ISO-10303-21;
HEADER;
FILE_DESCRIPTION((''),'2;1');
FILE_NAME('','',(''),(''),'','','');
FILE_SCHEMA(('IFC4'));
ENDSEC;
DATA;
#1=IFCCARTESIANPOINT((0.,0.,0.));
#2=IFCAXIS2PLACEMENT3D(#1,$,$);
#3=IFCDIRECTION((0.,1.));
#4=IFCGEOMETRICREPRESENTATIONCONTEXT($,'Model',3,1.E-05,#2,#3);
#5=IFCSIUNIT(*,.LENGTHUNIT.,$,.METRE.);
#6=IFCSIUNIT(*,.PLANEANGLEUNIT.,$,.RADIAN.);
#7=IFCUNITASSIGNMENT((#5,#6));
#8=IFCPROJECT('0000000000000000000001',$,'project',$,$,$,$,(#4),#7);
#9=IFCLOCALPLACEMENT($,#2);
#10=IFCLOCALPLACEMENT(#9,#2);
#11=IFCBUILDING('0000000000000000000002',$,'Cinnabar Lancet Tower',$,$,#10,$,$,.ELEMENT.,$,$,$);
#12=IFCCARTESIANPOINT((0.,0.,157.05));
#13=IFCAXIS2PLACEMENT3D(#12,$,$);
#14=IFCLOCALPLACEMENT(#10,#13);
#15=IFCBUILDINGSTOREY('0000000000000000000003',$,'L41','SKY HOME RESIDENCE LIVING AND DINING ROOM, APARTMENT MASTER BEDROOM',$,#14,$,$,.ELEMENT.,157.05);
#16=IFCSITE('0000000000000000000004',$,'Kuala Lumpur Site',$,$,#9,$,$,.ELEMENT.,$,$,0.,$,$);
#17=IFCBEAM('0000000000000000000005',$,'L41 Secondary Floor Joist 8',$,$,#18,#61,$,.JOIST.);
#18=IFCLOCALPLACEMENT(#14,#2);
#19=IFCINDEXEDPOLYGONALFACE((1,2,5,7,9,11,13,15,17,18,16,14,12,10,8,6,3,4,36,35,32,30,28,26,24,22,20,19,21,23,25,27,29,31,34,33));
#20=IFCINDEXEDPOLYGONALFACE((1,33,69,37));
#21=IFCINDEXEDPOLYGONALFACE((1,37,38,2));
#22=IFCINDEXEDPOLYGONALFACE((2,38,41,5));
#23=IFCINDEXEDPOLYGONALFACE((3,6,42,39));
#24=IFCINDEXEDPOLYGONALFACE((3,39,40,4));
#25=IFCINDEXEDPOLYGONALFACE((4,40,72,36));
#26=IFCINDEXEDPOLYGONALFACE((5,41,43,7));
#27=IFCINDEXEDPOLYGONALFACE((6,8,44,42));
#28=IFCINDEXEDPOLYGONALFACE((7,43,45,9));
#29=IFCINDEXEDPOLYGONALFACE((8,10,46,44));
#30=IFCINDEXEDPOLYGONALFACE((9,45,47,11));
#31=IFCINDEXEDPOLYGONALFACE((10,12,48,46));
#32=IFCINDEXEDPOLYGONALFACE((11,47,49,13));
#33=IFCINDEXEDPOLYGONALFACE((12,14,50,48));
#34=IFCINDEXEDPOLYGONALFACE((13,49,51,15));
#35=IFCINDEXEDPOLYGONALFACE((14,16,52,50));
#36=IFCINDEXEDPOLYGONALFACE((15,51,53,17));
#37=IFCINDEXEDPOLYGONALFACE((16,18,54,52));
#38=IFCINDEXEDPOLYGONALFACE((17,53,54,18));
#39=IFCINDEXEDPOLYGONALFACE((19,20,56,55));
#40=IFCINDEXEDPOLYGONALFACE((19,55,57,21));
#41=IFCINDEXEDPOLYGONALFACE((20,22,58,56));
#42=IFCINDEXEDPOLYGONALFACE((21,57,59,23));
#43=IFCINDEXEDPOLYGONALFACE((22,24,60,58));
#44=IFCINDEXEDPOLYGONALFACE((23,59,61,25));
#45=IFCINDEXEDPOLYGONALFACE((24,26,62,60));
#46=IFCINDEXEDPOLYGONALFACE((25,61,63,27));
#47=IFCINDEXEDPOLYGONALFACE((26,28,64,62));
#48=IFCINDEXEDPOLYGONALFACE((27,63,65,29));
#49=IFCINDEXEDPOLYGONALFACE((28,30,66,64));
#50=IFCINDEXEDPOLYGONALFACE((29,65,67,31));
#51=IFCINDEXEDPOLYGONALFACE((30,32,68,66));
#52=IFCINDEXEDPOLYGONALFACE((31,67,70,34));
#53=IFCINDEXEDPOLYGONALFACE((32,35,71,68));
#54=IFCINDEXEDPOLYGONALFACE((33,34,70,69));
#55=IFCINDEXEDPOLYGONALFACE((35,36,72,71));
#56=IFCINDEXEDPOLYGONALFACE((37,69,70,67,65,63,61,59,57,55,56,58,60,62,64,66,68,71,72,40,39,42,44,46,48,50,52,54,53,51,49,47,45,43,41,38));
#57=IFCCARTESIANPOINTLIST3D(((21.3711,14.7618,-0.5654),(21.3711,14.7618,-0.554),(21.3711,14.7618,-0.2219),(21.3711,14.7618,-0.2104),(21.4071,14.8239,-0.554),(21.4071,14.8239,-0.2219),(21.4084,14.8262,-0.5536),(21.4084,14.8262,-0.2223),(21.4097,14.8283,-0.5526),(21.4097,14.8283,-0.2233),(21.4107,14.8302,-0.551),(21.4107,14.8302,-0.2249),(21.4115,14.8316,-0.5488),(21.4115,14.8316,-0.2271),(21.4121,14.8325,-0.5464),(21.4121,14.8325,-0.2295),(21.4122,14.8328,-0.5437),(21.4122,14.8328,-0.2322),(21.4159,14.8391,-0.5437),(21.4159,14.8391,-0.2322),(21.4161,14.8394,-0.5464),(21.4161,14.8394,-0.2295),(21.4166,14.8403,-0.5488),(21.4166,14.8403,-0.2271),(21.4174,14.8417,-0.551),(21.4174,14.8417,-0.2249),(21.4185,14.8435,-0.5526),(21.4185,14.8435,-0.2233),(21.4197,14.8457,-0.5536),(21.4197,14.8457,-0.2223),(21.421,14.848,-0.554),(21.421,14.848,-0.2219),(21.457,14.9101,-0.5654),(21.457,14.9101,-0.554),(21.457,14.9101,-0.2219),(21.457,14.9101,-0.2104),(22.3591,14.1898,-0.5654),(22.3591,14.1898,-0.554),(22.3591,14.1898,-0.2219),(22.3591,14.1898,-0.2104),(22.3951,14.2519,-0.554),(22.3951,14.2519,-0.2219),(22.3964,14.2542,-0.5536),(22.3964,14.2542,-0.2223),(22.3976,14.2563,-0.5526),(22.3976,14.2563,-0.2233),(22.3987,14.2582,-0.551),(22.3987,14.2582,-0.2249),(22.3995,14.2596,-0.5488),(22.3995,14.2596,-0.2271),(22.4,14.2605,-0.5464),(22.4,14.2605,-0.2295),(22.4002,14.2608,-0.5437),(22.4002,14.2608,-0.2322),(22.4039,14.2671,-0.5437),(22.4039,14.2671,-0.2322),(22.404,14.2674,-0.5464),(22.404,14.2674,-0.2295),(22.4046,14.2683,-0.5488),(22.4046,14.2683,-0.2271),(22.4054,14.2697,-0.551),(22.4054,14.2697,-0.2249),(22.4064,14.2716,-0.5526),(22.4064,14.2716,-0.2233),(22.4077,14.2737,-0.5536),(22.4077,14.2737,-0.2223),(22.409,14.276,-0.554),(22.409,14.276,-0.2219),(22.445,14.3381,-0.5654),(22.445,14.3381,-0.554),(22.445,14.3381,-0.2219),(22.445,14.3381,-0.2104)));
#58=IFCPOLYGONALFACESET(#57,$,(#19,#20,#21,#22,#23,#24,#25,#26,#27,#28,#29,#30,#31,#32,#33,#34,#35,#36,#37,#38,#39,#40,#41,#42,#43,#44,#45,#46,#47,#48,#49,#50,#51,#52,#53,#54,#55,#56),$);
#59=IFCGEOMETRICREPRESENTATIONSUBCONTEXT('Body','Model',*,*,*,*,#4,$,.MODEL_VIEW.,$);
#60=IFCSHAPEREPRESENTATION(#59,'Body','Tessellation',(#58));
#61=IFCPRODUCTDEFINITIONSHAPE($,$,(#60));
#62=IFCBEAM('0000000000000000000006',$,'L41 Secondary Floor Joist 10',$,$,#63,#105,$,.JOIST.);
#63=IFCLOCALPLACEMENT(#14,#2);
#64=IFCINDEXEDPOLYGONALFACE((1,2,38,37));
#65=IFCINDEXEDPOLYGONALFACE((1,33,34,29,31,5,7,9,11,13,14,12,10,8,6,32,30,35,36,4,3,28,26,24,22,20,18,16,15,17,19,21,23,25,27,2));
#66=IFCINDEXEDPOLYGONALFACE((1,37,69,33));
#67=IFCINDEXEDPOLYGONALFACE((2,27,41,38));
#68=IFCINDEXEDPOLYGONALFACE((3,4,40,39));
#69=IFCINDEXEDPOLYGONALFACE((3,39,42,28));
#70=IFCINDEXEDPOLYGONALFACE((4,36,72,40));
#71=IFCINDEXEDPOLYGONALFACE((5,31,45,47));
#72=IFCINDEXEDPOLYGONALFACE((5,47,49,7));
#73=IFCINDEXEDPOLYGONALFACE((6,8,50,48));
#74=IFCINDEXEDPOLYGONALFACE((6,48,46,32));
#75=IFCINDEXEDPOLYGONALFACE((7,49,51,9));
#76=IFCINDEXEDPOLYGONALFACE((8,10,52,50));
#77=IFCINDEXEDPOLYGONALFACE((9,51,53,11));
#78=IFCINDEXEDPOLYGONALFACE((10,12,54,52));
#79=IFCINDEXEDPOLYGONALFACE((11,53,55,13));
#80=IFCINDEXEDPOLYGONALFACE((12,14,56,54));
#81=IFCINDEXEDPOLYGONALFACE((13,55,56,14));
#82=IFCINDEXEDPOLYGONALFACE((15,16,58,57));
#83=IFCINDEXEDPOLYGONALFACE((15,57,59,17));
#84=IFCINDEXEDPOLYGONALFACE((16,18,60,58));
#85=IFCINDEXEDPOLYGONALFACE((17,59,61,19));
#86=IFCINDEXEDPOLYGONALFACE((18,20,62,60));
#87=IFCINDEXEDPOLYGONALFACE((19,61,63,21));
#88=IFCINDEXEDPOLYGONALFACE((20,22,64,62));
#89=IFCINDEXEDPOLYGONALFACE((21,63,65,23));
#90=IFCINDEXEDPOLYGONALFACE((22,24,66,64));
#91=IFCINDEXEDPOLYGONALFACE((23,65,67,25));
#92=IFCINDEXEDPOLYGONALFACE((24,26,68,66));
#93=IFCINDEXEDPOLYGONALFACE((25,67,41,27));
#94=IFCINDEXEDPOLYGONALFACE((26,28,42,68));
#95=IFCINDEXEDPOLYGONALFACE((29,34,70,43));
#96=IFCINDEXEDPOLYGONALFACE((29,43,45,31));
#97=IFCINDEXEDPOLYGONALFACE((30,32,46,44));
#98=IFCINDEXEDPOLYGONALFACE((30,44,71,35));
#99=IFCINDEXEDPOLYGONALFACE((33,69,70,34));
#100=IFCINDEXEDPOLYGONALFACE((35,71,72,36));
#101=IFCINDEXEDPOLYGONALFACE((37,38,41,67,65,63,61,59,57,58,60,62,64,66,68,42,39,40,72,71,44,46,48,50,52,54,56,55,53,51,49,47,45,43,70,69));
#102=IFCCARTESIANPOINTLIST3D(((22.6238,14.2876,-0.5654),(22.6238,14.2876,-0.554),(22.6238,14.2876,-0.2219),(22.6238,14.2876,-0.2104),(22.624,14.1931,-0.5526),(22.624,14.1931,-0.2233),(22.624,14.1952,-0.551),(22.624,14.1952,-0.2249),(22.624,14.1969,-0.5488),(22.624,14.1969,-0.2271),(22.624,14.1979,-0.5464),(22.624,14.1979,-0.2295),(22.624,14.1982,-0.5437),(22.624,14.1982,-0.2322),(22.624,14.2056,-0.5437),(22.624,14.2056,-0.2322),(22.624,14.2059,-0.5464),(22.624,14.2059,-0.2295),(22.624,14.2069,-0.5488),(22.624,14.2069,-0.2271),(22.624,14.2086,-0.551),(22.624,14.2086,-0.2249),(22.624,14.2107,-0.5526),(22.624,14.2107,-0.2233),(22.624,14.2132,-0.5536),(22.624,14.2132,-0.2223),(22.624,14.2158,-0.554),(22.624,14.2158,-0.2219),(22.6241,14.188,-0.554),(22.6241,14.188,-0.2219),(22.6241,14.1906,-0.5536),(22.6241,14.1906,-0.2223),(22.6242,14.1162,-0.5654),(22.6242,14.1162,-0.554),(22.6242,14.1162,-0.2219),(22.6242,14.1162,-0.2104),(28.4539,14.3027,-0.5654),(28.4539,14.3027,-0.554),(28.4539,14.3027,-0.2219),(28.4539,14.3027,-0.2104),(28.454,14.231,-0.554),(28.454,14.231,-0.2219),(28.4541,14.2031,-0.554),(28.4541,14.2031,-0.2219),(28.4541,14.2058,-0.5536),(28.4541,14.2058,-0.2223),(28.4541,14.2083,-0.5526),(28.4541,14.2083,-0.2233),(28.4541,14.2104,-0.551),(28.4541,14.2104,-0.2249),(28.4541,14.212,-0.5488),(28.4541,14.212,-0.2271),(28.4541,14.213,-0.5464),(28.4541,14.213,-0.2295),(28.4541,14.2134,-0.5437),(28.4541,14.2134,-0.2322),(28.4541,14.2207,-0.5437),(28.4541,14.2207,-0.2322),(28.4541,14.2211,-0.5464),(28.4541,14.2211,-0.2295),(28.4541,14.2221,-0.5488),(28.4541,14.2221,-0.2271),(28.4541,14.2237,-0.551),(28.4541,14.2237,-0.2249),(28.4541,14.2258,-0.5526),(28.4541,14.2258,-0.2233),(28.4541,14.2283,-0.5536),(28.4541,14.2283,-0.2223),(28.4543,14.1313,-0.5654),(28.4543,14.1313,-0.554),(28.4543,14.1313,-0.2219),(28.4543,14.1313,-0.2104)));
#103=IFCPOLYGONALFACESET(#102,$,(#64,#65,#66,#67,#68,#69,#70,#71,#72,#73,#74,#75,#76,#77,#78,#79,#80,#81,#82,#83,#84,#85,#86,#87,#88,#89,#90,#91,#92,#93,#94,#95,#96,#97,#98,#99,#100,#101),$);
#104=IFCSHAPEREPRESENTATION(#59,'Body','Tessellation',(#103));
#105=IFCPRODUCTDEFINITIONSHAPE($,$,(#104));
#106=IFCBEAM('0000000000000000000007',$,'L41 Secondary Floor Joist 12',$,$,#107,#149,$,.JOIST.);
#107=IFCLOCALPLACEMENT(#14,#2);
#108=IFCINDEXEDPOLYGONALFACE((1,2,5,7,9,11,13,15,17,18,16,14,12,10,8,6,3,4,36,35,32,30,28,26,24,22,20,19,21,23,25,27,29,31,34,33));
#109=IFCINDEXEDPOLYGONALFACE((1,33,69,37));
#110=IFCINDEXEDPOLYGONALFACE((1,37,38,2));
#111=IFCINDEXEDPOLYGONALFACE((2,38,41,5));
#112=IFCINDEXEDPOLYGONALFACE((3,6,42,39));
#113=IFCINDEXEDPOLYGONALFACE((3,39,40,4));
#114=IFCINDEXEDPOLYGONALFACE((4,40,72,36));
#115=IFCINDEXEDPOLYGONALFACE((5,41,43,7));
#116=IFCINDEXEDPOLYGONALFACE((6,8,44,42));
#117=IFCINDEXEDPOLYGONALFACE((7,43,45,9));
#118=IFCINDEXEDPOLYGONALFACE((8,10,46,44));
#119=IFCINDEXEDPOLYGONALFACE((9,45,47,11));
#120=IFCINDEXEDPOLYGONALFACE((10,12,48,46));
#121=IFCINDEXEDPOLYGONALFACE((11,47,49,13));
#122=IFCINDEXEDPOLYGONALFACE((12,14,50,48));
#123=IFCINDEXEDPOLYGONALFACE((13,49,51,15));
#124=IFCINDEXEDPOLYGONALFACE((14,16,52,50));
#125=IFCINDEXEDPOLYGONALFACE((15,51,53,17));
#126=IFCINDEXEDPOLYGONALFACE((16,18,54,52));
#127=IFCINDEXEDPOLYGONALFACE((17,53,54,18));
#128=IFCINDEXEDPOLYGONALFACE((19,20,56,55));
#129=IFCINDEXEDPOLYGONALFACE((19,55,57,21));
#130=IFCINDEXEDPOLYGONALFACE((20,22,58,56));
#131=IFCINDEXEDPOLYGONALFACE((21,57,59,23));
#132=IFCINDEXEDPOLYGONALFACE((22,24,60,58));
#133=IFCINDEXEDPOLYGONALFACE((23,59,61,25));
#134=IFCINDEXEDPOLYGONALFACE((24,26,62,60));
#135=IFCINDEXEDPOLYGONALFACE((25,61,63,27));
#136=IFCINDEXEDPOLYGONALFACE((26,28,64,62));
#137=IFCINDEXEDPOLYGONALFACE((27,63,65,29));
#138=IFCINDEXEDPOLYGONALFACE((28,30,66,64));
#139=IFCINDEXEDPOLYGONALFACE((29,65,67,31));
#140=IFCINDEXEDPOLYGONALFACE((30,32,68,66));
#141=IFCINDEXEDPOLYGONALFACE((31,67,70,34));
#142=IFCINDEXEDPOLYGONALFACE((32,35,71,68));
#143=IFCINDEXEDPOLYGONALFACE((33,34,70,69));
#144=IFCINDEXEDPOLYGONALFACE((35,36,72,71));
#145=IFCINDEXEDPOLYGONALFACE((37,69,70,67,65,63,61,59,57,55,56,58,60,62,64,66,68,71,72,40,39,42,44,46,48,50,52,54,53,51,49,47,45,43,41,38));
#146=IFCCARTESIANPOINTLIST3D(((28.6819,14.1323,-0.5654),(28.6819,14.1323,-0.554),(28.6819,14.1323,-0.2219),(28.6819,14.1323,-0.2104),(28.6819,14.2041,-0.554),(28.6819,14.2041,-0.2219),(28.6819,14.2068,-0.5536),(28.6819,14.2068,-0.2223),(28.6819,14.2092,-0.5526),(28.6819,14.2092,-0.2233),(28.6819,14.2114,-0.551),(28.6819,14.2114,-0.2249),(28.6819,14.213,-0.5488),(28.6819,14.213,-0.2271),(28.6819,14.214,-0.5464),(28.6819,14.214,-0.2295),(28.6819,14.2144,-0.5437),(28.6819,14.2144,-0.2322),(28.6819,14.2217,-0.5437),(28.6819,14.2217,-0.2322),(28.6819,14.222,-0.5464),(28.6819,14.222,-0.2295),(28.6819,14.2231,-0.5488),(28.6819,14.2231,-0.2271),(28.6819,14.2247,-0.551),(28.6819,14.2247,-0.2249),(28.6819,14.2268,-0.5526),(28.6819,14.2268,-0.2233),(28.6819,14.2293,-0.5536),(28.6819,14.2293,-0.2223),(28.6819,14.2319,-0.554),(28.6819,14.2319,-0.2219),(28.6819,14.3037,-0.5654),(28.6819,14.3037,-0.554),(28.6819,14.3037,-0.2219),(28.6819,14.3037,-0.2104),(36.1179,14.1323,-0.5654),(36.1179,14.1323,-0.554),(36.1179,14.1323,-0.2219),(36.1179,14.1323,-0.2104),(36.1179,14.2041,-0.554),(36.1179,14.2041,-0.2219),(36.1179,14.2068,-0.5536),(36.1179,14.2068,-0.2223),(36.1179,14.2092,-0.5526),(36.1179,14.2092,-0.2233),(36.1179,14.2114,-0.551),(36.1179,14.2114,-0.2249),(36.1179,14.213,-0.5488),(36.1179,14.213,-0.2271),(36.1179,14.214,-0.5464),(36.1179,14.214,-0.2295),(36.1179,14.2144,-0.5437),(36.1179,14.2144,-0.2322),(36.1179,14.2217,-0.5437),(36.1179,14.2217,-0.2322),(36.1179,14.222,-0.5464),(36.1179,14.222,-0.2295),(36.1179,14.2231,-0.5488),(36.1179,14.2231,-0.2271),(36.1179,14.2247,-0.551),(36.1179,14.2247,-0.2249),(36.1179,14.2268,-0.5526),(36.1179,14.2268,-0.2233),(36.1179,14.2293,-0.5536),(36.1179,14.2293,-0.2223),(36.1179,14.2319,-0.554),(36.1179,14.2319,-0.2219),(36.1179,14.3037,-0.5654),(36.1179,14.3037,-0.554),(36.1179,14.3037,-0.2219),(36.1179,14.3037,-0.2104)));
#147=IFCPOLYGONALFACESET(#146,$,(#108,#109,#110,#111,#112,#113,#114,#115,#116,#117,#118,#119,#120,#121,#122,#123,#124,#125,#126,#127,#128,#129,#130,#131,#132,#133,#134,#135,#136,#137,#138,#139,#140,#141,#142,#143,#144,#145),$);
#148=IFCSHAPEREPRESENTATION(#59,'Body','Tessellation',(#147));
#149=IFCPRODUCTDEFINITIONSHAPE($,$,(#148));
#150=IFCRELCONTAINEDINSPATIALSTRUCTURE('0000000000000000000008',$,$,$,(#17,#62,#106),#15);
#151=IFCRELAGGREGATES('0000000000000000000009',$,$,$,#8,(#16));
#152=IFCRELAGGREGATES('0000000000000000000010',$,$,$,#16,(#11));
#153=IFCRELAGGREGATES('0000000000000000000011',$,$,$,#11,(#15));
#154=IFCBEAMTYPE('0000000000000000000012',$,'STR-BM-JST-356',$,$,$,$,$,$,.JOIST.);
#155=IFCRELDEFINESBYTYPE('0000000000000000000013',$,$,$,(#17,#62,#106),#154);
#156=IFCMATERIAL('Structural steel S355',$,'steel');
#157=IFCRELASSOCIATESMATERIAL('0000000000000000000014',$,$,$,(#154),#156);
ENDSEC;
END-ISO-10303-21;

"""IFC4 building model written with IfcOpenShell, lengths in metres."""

from ifc_helpers import new_model, si_unit, direction, frame, origin, origin_2d, place, context, subcontext, project, spatial, i_section, extrude, material, material_profile, profile_set, type_object, element, save


model = new_model("IFC4")

# Units and contexts
model_context = context("Model", 3, precision=1e-05, world=origin(), true_north=direction((0.0, 1.0)))
body_context = subcontext(model_context, "Body", "Model", "MODEL_VIEW")
ifc_project = project(units=[si_unit("LENGTHUNIT", "METRE"), si_unit("PLANEANGLEUNIT", "RADIAN")], contexts=[model_context])

# Site, building, storey
site_placement = place(None, origin())
site = spatial("IfcSite", under=ifc_project, at=site_placement, Name="Kuala Lumpur Site", CompositionType="ELEMENT", RefElevation=0.0)
building_placement = place(site_placement, origin())
building = spatial("IfcBuilding", under=site, at=building_placement, Name="Cinnabar Lancet Tower", CompositionType="ELEMENT")
storey_placement = place(building_placement, frame((0.0, 0.0, 157.05)))
storey = spatial("IfcBuildingStorey", under=building, at=storey_placement, Name="L41", Description="SKY HOME RESIDENCE LIVING AND DINING ROOM, APARTMENT MASTER BEDROOM", CompositionType="ELEMENT", Elevation=157.05)

# Beams
ifc_material_1 = material(Name="Structural steel S355", Category="steel")
ifc_material_profile_1 = material_profile(ifc_material_1, i_section(OverallWidth=0.1714, OverallDepth=0.355, WebThickness=0.0073, FlangeThickness=0.0115, FilletRadius=0.0103, at=origin_2d()), Name="UKB 356x171x51")
ifc_profile_set_1 = profile_set([ifc_material_profile_1], Name="Structural steel S355")
beam_type_1 = type_object("IfcBeamType", Name="STR-BM-JST-356", PredefinedType="JOIST", material=ifc_profile_set_1)
beam_1_placement = place(storey_placement, frame((21.4141, 14.8359, -0.3879), z_axis=(0.865426, -0.501036, 0.0), x_axis=(0.501036, 0.865426, 0.0)))
element("IfcBeam", 1, at=beam_1_placement, inside=storey, type_object=beam_type_1, Name="L41 Secondary Floor Joist 8", PredefinedType="JOIST", context=body_context, shape_type="SweptSolid", body=[
    extrude(i_section(OverallWidth=0.1714, OverallDepth=0.355, WebThickness=0.0073, FlangeThickness=0.0115, FilletRadius=0.0103, at=origin_2d()), origin(), (0.0, 0.0, 1.0), 1.1416),
])
beam_2_placement = place(storey_placement, frame((22.624, 14.2019, -0.3879), z_axis=(0.999997, 0.002596, 0.0), x_axis=(-0.002596, 0.999997, 0.0)))
element("IfcBeam", 2, at=beam_2_placement, inside=storey, type_object=beam_type_1, Name="L41 Secondary Floor Joist 10", PredefinedType="JOIST", context=body_context, shape_type="SweptSolid", body=[
    extrude(i_section(OverallWidth=0.1714, OverallDepth=0.355, WebThickness=0.0073, FlangeThickness=0.0115, FilletRadius=0.0103, at=origin_2d()), origin(), (0.0, 0.0, 1.0), 5.8301),
])
beam_3_placement = place(storey_placement, frame((28.6819, 14.218, -0.3879), z_axis=(1.0, 0.0, 0.0), x_axis=(0.0, 1.0, 0.0)))
element("IfcBeam", 3, at=beam_3_placement, inside=storey, type_object=beam_type_1, Name="L41 Secondary Floor Joist 12", PredefinedType="JOIST", context=body_context, shape_type="SweptSolid", body=[
    extrude(i_section(OverallWidth=0.1714, OverallDepth=0.355, WebThickness=0.0073, FlangeThickness=0.0115, FilletRadius=0.0103, at=origin_2d()), origin(), (0.0, 0.0, 1.0), 7.436),
])

save(model, "model.ifc")
